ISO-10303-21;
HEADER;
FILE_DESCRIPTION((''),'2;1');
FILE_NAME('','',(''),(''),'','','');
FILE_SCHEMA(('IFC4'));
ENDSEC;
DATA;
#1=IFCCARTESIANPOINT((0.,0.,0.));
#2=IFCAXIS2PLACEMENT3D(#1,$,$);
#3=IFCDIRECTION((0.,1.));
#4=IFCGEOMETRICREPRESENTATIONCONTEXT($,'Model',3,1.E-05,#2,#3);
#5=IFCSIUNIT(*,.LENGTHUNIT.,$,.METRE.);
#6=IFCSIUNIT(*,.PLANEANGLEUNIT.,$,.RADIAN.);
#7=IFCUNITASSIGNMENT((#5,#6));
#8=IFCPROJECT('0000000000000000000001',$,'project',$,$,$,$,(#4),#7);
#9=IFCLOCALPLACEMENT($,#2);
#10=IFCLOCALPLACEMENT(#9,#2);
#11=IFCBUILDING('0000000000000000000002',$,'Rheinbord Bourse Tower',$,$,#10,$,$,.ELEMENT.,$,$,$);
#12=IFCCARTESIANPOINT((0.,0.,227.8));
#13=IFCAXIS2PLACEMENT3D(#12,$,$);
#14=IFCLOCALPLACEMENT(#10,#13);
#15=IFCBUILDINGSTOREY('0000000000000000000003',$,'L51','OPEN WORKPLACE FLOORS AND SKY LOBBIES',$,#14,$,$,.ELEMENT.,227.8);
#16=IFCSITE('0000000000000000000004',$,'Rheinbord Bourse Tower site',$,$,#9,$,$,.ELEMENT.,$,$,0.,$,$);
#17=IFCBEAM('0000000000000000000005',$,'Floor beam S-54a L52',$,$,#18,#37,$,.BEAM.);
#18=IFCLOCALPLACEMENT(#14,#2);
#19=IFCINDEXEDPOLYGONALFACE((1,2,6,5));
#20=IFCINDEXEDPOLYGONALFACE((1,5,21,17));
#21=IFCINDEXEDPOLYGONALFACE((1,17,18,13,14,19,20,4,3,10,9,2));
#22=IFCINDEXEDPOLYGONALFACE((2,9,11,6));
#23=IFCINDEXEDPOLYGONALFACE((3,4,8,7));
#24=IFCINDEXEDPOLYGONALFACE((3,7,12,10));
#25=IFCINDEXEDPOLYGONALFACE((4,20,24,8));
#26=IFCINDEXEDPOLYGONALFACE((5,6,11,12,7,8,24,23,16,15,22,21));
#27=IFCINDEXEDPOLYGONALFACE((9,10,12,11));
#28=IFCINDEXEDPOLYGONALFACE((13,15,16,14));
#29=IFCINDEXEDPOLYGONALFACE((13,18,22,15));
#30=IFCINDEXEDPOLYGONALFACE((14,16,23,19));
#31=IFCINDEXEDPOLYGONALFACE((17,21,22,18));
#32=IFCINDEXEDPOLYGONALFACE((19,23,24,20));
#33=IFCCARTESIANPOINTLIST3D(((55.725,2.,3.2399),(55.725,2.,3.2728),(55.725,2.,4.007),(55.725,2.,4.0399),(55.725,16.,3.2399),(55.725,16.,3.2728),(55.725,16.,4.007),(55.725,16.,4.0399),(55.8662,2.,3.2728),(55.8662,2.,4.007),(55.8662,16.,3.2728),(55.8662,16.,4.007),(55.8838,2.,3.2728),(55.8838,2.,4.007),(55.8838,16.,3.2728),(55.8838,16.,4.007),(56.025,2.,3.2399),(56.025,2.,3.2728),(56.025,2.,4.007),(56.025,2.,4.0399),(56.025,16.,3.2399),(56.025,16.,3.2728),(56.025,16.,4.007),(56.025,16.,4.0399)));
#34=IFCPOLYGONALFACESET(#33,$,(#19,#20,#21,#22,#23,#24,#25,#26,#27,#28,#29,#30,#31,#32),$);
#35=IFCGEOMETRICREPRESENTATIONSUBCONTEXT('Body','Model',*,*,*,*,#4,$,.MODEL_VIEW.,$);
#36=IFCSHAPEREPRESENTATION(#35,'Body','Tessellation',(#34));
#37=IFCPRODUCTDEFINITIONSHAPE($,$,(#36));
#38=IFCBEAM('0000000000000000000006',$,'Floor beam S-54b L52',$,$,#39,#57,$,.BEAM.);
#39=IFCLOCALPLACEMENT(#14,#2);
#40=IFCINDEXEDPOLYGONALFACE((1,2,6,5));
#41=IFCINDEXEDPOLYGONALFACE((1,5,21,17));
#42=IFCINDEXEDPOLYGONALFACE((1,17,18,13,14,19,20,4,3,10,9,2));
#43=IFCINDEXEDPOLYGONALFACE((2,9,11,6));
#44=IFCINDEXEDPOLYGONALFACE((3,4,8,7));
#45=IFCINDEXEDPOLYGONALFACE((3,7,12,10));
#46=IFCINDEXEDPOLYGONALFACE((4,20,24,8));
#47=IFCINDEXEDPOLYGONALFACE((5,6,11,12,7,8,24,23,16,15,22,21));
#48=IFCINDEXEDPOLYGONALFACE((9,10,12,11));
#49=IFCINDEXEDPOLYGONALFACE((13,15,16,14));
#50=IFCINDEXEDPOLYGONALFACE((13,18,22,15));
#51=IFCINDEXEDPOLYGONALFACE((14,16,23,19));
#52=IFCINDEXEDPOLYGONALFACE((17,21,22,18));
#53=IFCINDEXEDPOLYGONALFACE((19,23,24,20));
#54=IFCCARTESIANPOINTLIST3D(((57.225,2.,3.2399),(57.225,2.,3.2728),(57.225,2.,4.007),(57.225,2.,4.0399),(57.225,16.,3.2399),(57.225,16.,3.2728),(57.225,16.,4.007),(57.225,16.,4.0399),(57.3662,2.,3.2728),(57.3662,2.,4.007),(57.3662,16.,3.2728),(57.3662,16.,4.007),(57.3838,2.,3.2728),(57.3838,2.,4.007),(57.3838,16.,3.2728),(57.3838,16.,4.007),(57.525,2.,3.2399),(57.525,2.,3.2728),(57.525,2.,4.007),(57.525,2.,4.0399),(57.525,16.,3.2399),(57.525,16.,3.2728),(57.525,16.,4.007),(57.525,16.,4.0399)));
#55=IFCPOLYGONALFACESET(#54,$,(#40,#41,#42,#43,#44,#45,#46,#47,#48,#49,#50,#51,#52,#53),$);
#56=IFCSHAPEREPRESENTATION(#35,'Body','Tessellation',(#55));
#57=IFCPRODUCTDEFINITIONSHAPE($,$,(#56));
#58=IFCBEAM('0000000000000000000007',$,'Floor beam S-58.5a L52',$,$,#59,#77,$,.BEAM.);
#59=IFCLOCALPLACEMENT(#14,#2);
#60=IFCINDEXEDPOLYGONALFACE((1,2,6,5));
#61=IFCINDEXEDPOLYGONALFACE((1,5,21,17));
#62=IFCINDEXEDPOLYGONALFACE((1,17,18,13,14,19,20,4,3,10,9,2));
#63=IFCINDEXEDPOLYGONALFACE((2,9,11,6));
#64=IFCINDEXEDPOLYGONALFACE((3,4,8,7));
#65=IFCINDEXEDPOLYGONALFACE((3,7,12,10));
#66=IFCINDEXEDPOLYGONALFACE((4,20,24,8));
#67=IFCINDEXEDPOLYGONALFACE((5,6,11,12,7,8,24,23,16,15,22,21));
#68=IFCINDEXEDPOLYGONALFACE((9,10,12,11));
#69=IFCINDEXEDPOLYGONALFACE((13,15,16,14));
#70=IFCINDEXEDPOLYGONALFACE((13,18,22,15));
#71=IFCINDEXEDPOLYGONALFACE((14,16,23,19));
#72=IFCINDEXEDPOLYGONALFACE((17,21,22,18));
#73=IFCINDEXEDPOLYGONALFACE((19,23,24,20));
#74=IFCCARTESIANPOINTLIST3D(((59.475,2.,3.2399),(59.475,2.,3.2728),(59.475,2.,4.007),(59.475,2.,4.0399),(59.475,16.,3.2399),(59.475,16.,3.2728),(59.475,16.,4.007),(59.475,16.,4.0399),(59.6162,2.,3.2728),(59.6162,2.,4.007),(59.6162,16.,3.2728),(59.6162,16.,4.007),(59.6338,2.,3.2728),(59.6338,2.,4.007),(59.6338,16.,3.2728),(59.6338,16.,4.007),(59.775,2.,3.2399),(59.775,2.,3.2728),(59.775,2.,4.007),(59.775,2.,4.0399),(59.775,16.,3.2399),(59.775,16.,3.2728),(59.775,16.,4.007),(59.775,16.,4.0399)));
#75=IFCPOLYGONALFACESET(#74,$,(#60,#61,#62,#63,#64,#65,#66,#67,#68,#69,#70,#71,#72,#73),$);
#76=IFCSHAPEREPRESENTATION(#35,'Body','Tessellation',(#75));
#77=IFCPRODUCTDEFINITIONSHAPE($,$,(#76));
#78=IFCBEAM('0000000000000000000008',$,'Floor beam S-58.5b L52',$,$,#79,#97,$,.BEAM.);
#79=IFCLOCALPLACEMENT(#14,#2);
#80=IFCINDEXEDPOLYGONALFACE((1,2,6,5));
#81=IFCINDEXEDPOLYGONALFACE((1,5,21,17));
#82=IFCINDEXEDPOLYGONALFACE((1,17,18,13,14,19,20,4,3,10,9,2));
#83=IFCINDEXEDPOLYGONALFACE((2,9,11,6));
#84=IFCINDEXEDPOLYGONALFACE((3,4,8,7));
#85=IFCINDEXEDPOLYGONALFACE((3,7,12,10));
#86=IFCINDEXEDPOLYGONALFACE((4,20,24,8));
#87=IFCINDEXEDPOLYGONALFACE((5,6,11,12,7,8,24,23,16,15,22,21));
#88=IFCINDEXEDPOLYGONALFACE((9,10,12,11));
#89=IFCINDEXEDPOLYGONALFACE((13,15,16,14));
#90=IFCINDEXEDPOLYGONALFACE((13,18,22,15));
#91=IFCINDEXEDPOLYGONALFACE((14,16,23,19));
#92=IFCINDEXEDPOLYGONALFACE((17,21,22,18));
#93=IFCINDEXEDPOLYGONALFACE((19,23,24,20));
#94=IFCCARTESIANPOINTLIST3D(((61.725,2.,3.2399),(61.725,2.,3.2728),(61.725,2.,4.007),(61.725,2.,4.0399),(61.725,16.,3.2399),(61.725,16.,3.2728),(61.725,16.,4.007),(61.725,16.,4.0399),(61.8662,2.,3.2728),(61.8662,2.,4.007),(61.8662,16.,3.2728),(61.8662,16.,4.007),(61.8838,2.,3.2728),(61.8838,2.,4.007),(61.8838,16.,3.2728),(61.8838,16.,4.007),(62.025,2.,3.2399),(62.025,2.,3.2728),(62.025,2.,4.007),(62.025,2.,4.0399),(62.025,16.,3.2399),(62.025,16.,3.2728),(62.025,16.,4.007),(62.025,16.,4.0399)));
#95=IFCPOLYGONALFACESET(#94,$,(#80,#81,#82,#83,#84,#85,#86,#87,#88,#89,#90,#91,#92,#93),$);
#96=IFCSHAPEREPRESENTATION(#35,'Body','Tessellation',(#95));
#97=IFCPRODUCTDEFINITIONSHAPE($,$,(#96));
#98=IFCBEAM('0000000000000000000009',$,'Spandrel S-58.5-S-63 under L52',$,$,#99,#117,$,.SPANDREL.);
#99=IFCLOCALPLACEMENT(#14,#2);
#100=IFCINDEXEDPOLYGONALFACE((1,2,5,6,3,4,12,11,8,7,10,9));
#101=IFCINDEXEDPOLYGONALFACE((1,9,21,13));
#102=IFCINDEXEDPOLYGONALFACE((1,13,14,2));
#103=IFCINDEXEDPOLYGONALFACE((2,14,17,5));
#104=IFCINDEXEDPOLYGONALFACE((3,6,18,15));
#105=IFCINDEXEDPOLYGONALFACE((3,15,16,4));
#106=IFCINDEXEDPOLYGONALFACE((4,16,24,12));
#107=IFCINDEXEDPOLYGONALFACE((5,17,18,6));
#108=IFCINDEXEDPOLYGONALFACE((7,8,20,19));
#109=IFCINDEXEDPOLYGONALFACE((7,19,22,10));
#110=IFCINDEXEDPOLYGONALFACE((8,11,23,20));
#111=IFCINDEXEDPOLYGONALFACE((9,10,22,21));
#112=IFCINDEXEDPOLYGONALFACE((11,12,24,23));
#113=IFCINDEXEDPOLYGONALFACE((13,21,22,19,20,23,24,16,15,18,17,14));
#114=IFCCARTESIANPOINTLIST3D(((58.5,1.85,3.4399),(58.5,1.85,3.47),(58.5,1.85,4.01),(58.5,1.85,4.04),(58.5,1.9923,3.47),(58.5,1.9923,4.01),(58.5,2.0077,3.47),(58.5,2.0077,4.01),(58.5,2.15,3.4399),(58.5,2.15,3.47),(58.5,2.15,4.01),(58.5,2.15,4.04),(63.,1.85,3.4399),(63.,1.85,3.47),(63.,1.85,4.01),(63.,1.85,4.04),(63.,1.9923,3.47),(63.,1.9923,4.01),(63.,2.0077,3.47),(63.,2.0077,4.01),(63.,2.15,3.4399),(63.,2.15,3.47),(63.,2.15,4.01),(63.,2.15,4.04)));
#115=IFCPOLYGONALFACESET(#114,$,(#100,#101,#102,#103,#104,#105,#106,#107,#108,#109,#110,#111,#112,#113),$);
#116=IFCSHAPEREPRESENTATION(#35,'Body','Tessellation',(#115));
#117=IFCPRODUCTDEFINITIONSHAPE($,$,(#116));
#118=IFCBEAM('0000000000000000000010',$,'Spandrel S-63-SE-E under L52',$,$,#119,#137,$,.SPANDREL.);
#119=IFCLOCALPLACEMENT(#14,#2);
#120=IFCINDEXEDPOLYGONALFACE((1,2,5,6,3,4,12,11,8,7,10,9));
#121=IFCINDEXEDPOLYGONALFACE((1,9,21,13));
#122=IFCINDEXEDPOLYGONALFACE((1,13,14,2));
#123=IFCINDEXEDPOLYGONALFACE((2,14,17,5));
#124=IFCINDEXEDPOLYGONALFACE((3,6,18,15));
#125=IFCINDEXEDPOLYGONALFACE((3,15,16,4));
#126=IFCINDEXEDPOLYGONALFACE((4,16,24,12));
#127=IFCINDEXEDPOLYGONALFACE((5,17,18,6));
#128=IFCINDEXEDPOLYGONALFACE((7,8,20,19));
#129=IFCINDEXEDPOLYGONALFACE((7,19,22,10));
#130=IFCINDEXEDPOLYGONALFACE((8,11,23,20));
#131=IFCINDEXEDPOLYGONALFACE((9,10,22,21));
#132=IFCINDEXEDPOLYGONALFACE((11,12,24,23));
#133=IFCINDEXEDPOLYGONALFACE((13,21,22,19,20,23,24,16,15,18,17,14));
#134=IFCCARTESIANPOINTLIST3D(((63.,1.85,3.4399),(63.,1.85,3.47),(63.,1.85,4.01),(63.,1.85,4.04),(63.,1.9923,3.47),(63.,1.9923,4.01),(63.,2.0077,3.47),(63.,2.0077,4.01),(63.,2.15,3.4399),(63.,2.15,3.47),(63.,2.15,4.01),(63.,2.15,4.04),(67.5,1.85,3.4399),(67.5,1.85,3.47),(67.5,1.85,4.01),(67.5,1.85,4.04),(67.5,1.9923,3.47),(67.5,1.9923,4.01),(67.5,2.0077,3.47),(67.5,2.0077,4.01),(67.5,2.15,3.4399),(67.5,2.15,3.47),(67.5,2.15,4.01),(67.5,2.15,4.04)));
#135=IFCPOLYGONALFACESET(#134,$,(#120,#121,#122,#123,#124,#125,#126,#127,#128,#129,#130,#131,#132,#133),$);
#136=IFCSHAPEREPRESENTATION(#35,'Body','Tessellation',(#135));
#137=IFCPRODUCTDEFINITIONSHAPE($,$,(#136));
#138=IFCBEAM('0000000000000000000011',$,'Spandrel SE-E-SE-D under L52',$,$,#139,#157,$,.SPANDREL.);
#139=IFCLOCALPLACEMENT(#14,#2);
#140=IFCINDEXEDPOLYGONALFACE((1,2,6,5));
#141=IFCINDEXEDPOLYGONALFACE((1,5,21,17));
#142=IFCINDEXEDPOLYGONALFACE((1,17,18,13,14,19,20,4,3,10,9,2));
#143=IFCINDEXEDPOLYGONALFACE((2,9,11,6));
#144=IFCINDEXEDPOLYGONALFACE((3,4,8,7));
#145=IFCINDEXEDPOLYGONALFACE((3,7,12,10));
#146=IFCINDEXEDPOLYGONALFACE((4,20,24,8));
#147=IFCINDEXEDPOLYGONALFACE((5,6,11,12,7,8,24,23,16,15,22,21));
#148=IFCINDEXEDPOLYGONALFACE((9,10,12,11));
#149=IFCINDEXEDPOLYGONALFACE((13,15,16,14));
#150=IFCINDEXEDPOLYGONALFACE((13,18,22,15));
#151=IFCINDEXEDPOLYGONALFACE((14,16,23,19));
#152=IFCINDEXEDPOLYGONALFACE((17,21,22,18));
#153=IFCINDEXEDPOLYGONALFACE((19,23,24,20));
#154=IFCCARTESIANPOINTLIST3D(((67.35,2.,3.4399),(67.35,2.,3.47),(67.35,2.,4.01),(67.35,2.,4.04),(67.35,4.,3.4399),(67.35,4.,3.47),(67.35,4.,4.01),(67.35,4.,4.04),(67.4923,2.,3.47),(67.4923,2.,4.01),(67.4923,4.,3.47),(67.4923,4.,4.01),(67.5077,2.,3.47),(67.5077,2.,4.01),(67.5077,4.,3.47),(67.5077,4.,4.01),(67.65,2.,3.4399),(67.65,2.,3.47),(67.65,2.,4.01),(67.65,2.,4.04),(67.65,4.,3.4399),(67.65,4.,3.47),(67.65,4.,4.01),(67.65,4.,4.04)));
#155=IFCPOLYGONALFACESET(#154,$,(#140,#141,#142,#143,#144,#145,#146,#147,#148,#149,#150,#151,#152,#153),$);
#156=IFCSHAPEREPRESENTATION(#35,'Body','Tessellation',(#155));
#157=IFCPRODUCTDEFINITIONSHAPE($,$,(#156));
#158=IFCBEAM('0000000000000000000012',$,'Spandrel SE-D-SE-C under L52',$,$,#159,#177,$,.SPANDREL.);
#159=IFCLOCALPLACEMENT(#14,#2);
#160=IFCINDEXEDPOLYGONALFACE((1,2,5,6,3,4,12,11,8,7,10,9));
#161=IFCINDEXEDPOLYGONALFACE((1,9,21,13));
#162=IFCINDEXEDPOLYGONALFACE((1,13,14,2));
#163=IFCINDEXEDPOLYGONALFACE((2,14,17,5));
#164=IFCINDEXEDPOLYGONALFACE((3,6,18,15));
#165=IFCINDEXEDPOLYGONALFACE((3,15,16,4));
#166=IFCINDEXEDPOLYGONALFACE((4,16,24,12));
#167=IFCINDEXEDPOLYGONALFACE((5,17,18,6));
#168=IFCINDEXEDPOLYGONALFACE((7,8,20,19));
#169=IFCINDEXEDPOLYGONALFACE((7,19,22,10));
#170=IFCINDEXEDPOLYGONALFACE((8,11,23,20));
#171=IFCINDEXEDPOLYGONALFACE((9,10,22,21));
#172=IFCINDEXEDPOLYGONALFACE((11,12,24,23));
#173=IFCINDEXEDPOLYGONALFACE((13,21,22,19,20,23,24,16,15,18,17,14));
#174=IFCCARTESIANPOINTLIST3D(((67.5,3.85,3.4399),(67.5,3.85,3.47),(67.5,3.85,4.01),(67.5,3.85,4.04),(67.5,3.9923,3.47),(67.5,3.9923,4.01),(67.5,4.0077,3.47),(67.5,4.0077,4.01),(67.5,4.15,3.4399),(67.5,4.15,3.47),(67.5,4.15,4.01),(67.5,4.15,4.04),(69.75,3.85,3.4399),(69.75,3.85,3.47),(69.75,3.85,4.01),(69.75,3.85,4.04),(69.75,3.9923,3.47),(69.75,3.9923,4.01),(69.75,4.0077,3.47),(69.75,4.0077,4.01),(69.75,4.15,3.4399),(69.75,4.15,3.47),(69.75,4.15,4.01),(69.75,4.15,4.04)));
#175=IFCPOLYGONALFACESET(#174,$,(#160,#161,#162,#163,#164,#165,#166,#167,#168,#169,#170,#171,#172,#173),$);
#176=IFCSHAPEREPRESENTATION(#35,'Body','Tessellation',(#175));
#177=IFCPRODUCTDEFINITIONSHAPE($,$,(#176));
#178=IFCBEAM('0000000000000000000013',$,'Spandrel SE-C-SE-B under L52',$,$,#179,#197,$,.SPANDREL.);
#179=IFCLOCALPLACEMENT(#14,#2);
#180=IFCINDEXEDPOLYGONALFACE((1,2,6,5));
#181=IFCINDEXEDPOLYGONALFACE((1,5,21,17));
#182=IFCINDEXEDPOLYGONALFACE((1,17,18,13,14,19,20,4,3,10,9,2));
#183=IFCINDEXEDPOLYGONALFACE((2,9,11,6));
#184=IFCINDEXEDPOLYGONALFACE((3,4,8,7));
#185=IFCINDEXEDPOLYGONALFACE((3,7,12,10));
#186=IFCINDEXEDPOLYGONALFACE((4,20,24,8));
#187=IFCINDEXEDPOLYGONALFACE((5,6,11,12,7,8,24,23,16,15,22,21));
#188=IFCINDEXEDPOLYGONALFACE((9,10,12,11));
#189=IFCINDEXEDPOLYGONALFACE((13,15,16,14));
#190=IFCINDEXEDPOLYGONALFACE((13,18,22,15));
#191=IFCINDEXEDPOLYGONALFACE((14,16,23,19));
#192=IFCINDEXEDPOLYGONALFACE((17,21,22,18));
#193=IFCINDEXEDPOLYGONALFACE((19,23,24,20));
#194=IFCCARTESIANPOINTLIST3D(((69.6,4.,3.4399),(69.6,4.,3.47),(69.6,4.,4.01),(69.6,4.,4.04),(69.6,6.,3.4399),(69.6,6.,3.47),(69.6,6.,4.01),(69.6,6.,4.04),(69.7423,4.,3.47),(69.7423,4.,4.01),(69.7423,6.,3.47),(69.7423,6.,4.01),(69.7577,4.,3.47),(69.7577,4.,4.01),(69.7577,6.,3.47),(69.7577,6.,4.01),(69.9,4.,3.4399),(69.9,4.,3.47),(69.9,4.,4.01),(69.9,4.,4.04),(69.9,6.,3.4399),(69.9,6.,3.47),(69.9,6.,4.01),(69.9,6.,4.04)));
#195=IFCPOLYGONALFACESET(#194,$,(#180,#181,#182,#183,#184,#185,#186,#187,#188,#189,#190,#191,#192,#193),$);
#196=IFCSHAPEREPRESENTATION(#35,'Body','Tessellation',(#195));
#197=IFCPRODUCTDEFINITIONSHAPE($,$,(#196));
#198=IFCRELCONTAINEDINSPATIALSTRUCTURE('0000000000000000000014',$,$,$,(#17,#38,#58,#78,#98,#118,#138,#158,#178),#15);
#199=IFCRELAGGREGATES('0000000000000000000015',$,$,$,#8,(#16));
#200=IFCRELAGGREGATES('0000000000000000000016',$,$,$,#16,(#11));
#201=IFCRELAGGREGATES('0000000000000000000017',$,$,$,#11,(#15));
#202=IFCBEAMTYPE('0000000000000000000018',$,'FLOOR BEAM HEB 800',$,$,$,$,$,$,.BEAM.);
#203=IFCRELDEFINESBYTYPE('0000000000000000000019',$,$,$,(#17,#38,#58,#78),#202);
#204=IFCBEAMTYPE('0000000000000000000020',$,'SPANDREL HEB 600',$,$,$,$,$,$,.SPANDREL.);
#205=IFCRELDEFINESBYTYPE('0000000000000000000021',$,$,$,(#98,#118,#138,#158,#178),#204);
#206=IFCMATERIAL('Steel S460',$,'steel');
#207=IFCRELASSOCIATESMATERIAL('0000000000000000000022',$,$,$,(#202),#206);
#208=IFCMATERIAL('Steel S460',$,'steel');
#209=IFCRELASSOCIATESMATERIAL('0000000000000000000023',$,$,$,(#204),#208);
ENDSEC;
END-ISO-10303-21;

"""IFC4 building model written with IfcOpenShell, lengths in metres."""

from ifc_helpers import new_model, si_unit, direction, frame, origin, origin_2d, place, context, subcontext, project, spatial, i_section, extrude, material, material_profile, profile_set, type_object, element, save


model = new_model("IFC4")

# Units and contexts
model_context = context("Model", 3, precision=1e-05, world=origin(), true_north=direction((0.0, 1.0)))
body_context = subcontext(model_context, "Body", "Model", "MODEL_VIEW")
ifc_project = project(units=[si_unit("LENGTHUNIT", "METRE"), si_unit("PLANEANGLEUNIT", "RADIAN")], contexts=[model_context])

# Site, building, storey
site_placement = place(None, origin())
site = spatial("IfcSite", under=ifc_project, at=site_placement, Name="Rheinbord Bourse Tower site", CompositionType="ELEMENT", RefElevation=0.0)
building_placement = place(site_placement, origin())
building = spatial("IfcBuilding", under=site, at=building_placement, Name="Rheinbord Bourse Tower", CompositionType="ELEMENT")
storey_placement = place(building_placement, frame((0.0, 0.0, 227.8)))
storey = spatial("IfcBuildingStorey", under=building, at=storey_placement, Name="L51", Description="OPEN WORKPLACE FLOORS AND SKY LOBBIES", CompositionType="ELEMENT", Elevation=227.8)

# Beams
ifc_material_1 = material(Name="Steel S460", Category="steel")
ifc_material_profile_1 = material_profile(ifc_material_1, i_section(OverallWidth=0.3, OverallDepth=0.8, WebThickness=0.0176, FlangeThickness=0.033, at=origin_2d()), Name="HEB 800")
ifc_profile_set_1 = profile_set([ifc_material_profile_1], Name="Steel S460")
beam_type_1 = type_object("IfcBeamType", Name="FLOOR BEAM HEB 800", PredefinedType="BEAM", material=ifc_profile_set_1)
for number, where, z_axis, x_axis, name in (
    (1, (55.875, 2.0, 3.6399), (0.0, 1.0, 0.0), (-1.0, 0.0, 0.0), "Floor beam S-54a L52"),
    (2, (57.375, 2.0, 3.6399), (0.0, 1.0, 0.0), (-1.0, 0.0, 0.0), "Floor beam S-54b L52"),
    (3, (59.625, 2.0, 3.6399), (0.0, 1.0, 0.0), (-1.0, 0.0, 0.0), "Floor beam S-58.5a L52"),
    (4, (61.875, 2.0, 3.6399), (0.0, 1.0, 0.0), (-1.0, 0.0, 0.0), "Floor beam S-58.5b L52"),
):
    element("IfcBeam", number, at=place(storey_placement, frame(where, z_axis=z_axis, x_axis=x_axis)), inside=storey, type_object=beam_type_1, Name=name, PredefinedType="BEAM", context=body_context, shape_type="SweptSolid", body=[
        extrude(i_section(OverallWidth=0.3, OverallDepth=0.8, WebThickness=0.0176, FlangeThickness=0.033, at=origin_2d()), origin(), (0.0, 0.0, 1.0), 14.0),
    ])
ifc_material_2 = material(Name="Steel S460", Category="steel")
ifc_material_profile_2 = material_profile(ifc_material_2, i_section(OverallWidth=0.3, OverallDepth=0.6001, WebThickness=0.0154, FlangeThickness=0.03, at=origin_2d()), Name="HEB 600")
ifc_profile_set_2 = profile_set([ifc_material_profile_2], Name="Steel S460")
beam_type_2 = type_object("IfcBeamType", Name="SPANDREL HEB 600", PredefinedType="SPANDREL", material=ifc_profile_set_2)
for number, where, z_axis, x_axis, name in (
    (5, (58.5, 2.0, 3.74), (1.0, 0.0, 0.0), (0.0, 1.0, 0.0), "Spandrel S-58.5-S-63 under L52"),
    (6, (63.0, 2.0, 3.74), (1.0, 0.0, 0.0), (0.0, 1.0, 0.0), "Spandrel S-63-SE-E under L52"),
):
    element("IfcBeam", number, at=place(storey_placement, frame(where, z_axis=z_axis, x_axis=x_axis)), inside=storey, type_object=beam_type_2, Name=name, PredefinedType="SPANDREL", context=body_context, shape_type="SweptSolid", body=[
        extrude(i_section(OverallWidth=0.3, OverallDepth=0.6001, WebThickness=0.0154, FlangeThickness=0.03, at=origin_2d()), origin(), (0.0, 0.0, 1.0), 4.5),
    ])
beam_1_placement = place(storey_placement, frame((67.5, 2.0, 3.74), z_axis=(0.0, 1.0, 0.0), x_axis=(-1.0, 0.0, 0.0)))
element("IfcBeam", 7, at=beam_1_placement, inside=storey, type_object=beam_type_2, Name="Spandrel SE-E-SE-D under L52", PredefinedType="SPANDREL", context=body_context, shape_type="SweptSolid", body=[
    extrude(i_section(OverallWidth=0.3, OverallDepth=0.6001, WebThickness=0.0154, FlangeThickness=0.03, at=origin_2d()), origin(), (0.0, 0.0, 1.0), 2.0),
])
beam_2_placement = place(storey_placement, frame((67.5, 4.0, 3.74), z_axis=(1.0, 0.0, 0.0), x_axis=(0.0, 1.0, 0.0)))
element("IfcBeam", 8, at=beam_2_placement, inside=storey, type_object=beam_type_2, Name="Spandrel SE-D-SE-C under L52", PredefinedType="SPANDREL", context=body_context, shape_type="SweptSolid", body=[
    extrude(i_section(OverallWidth=0.3, OverallDepth=0.6001, WebThickness=0.0154, FlangeThickness=0.03, at=origin_2d()), origin(), (0.0, 0.0, 1.0), 2.25),
])
beam_3_placement = place(storey_placement, frame((69.75, 4.0, 3.74), z_axis=(0.0, 1.0, 0.0), x_axis=(-1.0, 0.0, 0.0)))
element("IfcBeam", 9, at=beam_3_placement, inside=storey, type_object=beam_type_2, Name="Spandrel SE-C-SE-B under L52", PredefinedType="SPANDREL", context=body_context, shape_type="SweptSolid", body=[
    extrude(i_section(OverallWidth=0.3, OverallDepth=0.6001, WebThickness=0.0154, FlangeThickness=0.03, at=origin_2d()), origin(), (0.0, 0.0, 1.0), 2.0),
])

save(model, "model.ifc")
